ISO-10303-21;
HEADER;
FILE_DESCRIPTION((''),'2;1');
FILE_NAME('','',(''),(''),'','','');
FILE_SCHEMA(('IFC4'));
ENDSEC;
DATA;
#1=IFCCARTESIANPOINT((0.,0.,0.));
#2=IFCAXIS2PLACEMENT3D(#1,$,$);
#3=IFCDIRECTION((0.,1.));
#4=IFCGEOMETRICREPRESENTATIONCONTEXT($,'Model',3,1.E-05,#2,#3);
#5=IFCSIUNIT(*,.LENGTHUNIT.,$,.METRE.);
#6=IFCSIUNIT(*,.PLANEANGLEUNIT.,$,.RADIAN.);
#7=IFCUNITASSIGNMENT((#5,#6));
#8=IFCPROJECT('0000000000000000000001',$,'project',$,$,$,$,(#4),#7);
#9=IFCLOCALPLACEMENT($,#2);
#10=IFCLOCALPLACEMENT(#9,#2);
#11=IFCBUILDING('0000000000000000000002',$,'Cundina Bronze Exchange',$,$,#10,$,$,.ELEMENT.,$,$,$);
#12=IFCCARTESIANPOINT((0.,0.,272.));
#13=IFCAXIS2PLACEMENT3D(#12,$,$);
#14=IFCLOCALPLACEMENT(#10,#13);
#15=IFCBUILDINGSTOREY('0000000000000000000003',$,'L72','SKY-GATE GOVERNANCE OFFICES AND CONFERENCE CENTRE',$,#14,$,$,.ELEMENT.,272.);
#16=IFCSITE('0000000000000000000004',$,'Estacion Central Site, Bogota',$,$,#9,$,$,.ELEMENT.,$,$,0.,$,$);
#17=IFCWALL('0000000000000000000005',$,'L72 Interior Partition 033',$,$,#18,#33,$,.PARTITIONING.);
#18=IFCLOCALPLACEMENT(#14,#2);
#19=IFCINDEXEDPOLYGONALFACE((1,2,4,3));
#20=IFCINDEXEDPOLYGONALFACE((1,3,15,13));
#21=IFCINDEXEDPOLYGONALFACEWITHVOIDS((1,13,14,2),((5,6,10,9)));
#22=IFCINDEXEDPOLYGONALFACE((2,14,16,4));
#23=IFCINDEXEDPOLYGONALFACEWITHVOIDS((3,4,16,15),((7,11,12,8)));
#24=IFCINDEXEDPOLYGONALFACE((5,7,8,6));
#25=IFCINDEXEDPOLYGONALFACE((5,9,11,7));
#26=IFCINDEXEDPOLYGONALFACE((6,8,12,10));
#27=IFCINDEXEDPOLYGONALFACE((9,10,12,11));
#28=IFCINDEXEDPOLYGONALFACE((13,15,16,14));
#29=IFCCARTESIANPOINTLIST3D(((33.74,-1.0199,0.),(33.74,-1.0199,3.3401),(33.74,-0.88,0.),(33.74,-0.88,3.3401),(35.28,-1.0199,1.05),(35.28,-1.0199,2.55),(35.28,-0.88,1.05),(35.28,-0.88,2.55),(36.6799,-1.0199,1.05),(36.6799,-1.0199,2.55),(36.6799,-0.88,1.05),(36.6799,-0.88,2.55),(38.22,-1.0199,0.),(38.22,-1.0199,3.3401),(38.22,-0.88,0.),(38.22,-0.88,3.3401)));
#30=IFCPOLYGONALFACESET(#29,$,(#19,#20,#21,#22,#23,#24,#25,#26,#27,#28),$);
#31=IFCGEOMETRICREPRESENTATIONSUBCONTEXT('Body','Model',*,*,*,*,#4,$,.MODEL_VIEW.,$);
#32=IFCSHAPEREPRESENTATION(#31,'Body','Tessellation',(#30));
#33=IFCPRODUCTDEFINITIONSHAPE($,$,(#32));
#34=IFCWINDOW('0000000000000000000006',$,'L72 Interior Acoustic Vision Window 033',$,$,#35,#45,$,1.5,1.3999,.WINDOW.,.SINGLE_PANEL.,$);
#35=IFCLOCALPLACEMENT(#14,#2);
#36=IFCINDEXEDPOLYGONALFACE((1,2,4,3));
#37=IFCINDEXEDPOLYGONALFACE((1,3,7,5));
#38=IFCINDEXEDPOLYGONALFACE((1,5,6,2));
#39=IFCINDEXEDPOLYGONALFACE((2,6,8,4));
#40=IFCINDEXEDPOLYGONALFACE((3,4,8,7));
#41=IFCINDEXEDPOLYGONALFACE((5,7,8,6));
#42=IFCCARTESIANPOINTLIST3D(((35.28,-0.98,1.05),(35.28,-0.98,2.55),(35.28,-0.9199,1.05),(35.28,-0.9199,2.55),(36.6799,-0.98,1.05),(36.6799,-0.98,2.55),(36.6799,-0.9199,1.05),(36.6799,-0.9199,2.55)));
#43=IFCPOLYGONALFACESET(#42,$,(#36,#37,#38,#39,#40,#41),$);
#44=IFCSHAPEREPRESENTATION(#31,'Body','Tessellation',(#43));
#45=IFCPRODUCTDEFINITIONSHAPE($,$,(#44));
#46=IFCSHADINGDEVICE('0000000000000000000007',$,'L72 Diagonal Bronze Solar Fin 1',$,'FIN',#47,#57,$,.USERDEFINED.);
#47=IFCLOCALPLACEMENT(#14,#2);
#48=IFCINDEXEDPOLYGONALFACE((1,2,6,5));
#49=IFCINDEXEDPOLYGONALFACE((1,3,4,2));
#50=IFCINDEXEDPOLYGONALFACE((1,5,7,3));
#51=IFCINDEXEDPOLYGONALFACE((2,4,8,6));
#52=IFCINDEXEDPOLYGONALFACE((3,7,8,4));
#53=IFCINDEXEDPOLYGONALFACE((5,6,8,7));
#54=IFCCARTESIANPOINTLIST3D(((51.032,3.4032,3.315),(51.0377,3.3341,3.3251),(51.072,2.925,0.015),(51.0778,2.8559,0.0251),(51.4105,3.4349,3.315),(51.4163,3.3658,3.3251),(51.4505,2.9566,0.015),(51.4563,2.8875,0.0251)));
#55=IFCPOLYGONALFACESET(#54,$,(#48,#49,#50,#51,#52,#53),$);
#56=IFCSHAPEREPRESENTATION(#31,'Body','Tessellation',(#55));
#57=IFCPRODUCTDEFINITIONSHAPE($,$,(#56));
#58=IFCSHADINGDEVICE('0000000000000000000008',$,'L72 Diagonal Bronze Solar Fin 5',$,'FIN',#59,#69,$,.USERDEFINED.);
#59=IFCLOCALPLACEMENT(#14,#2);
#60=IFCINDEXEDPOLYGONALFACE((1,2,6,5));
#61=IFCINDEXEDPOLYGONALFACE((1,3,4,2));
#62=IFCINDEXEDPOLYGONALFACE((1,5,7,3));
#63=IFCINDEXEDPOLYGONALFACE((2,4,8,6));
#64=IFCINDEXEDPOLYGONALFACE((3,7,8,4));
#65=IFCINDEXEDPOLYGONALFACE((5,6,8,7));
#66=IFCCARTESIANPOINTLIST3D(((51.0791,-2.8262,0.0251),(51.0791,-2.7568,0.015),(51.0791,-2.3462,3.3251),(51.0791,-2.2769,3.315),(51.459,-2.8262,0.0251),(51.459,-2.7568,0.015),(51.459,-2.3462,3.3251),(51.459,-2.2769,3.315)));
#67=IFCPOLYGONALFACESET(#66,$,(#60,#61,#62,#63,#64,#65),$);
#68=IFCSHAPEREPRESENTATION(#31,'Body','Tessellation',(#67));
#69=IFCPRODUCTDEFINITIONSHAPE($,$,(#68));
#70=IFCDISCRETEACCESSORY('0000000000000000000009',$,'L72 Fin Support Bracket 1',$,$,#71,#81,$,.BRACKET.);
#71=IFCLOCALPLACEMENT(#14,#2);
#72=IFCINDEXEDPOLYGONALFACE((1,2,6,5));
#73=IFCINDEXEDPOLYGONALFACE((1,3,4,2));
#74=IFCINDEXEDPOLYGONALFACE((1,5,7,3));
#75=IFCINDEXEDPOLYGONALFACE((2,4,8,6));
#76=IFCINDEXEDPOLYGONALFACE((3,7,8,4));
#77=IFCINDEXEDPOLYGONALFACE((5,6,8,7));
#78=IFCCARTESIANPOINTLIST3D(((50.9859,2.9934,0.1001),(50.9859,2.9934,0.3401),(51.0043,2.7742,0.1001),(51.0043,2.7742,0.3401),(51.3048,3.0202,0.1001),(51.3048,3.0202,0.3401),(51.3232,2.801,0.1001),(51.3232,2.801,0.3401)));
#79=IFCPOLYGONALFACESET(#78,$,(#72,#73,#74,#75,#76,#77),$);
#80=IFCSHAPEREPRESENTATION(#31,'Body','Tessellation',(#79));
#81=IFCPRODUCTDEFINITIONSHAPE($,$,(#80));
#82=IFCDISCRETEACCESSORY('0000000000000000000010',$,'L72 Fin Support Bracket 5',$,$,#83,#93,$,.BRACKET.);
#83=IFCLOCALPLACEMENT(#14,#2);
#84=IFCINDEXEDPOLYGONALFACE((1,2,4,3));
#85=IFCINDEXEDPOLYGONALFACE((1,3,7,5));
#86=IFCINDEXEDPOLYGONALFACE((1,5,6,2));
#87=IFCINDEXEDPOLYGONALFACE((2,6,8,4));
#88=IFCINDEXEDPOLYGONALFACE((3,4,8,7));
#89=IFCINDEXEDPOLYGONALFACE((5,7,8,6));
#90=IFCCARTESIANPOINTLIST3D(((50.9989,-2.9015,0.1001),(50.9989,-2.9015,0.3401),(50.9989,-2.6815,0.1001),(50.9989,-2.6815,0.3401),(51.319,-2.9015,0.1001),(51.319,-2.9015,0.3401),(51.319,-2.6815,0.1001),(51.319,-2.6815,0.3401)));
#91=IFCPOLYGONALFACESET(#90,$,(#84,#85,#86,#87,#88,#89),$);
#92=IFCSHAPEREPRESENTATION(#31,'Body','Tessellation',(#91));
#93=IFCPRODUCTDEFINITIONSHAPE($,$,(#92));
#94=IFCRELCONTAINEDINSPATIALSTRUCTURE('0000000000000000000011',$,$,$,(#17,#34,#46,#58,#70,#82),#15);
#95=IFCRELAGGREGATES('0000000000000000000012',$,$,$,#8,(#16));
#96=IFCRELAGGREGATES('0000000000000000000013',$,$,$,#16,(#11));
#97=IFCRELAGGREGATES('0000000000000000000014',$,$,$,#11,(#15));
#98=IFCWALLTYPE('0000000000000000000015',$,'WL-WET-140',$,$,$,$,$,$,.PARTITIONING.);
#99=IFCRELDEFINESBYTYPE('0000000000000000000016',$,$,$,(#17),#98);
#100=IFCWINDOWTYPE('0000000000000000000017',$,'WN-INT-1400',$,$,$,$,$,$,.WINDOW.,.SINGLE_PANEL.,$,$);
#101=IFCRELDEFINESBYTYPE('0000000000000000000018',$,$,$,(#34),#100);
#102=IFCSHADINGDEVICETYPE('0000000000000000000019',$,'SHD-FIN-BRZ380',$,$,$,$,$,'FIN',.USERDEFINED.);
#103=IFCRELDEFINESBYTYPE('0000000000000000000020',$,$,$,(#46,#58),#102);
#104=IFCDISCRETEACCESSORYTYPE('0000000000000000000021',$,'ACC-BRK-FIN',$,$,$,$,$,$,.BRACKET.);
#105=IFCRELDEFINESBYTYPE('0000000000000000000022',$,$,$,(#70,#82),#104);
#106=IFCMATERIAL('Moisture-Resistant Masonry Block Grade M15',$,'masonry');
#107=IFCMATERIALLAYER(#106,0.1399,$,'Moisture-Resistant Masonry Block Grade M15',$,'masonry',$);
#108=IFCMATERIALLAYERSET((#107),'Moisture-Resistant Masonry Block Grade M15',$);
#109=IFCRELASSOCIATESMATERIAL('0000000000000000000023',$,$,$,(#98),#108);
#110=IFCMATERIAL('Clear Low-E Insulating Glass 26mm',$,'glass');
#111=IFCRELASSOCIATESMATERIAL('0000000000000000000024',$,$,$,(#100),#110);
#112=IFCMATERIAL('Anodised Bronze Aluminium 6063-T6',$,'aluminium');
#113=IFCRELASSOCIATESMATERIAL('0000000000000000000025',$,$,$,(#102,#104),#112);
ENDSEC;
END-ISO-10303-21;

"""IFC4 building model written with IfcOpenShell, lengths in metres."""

from ifc_helpers import new_model, si_unit, direction, frame, frame_2d, origin, origin_2d, place, context, subcontext, project, spatial, rectangle, extrude, material, layer, layer_set, material_profile, profile_set, type_object, element, fill, save


model = new_model("IFC4")

# Units and contexts
model_context = context("Model", 3, precision=1e-05, world=origin(), true_north=direction((0.0, 1.0)))
body_context = subcontext(model_context, "Body", "Model", "MODEL_VIEW")
ifc_project = project(units=[si_unit("LENGTHUNIT", "METRE"), si_unit("PLANEANGLEUNIT", "RADIAN")], contexts=[model_context])

# Site, building, storey
site_placement = place(None, origin())
site = spatial("IfcSite", under=ifc_project, at=site_placement, Name="Estacion Central Site, Bogota", CompositionType="ELEMENT", RefElevation=0.0)
building_placement = place(site_placement, origin())
building = spatial("IfcBuilding", under=site, at=building_placement, Name="Cundina Bronze Exchange", CompositionType="ELEMENT")
storey_placement = place(building_placement, frame((0.0, 0.0, 272.0)))
storey = spatial("IfcBuildingStorey", under=building, at=storey_placement, Name="L72", Description="SKY-GATE GOVERNANCE OFFICES AND CONFERENCE CENTRE", CompositionType="ELEMENT", Elevation=272.0)

# Shared definitions
ifc_material_1 = material(Name="Anodised Bronze Aluminium 6063-T6", Category="aluminium")

# Shared definitions
ifc_material_2 = material(Name="Clear Low-E Insulating Glass 26mm", Category="glass")

# Wall, opening, window
ifc_material_3 = material(Name="Moisture-Resistant Masonry Block Grade M15", Category="masonry")
ifc_layer_1 = layer(ifc_material_3, 0.1399, Name="Moisture-Resistant Masonry Block Grade M15", Category="masonry")
ifc_layer_set_1 = layer_set([ifc_layer_1], Name="Moisture-Resistant Masonry Block Grade M15")
wall_type_1 = type_object("IfcWallType", Name="WL-WET-140", PredefinedType="PARTITIONING", material=ifc_layer_set_1)
wall_1_placement = place(storey_placement, frame((33.74, -0.95, 0.0), z_axis=(0.0, 0.0, 1.0), x_axis=(1.0, 0.0, 0.0)))
wall_1 = element("IfcWall", 1, at=wall_1_placement, inside=storey, type_object=wall_type_1, Name="L72 Interior Partition 033", PredefinedType="PARTITIONING", context=body_context, shape_type="SweptSolid", body=[
    extrude(rectangle(XDim=4.48, YDim=0.1399, at=frame_2d((2.24, 0.0))), origin(), (0.0, 0.0, 1.0), 3.3401),
])
opening_1_placement = place(wall_1_placement, frame((1.54, 0.0, 1.05)))
opening_1 = element("IfcOpeningElement", 2, at=opening_1_placement, cuts=wall_1, PredefinedType="OPENING", context=body_context, shape_type="SweptSolid", body=[
    extrude(rectangle(XDim=1.3999, YDim=1.5, at=frame_2d((0.7, 0.75))), frame((0.0, 0.0798, 0.0), z_axis=(0.0, -1.0, 0.0), x_axis=(1.0, 0.0, 0.0)), (0.0, 0.0, 1.0), 0.1599),
])
window_type_1 = type_object("IfcWindowType", Name="WN-INT-1400", PartitioningType="SINGLE_PANEL", PredefinedType="WINDOW", material=ifc_material_2)
window_1_placement = place(opening_1_placement, origin())
window_1 = element("IfcWindow", 3, at=window_1_placement, inside=storey, type_object=window_type_1, Name="L72 Interior Acoustic Vision Window 033", OverallHeight=1.5, OverallWidth=1.3999, PartitioningType="SINGLE_PANEL", PredefinedType="WINDOW", context=body_context, shape_type="SweptSolid", body=[
    extrude(rectangle(XDim=1.3999, YDim=1.5, at=frame_2d((0.7, 0.75))), frame((0.0, 0.03, 0.0), z_axis=(0.0, -1.0, 0.0), x_axis=(1.0, 0.0, 0.0)), (0.0, 0.0, 1.0), 0.0601),
])
fill(opening_1, window_1)

# Shading devices
ifc_material_profile_1 = material_profile(ifc_material_1, rectangle(XDim=0.0701, YDim=0.3799, at=origin_2d()), Name="FIN70X380", Category="aluminium")
ifc_profile_set_1 = profile_set([ifc_material_profile_1], Name="Anodised Bronze Aluminium 6063-T6")
shading_device_type = type_object("IfcShadingDeviceType", Name="SHD-FIN-BRZ380", ElementType="FIN", PredefinedType="USERDEFINED", material=ifc_profile_set_1)
for number, where, z_axis, x_axis, name in (
    (4, (51.2642, 2.9062, 0.02), (-0.012007, 0.14342, 0.989589), (0.082556, -0.98614, 0.143921), "L72 Diagonal Bronze Solar Fin 1"),
    (5, (51.269, -2.7915, 0.02), (0.0, 0.143932, 0.989588), (0.0, -0.989588, 0.143932), "L72 Diagonal Bronze Solar Fin 5"),
):
    element("IfcShadingDevice", number, at=place(storey_placement, frame(where, z_axis=z_axis, x_axis=x_axis)), inside=storey, type_object=shading_device_type, Name=name, ObjectType="FIN", PredefinedType="USERDEFINED", context=body_context, shape_type="SweptSolid", body=[
        extrude(rectangle(XDim=0.0701, YDim=0.3799, at=origin_2d()), origin(), (0.0, 0.0, 1.0), 3.3347),
    ])

# Discrete accessories
discrete_accessory_type = type_object("IfcDiscreteAccessoryType", Name="ACC-BRK-FIN", PredefinedType="BRACKET", material=ifc_material_1)
for number, where, z_axis, x_axis, name in (
    (6, (51.1545, 2.8972, 0.1001), (0.0, 0.0, 1.0), (-0.083747, 0.996487, 0.0), "L72 Fin Support Bracket 1"),
    (7, (51.1589, -2.7915, 0.1001), (0.0, 0.0, 1.0), (0.0, 1.0, 0.0), "L72 Fin Support Bracket 5"),
):
    element("IfcDiscreteAccessory", number, at=place(storey_placement, frame(where, z_axis=z_axis, x_axis=x_axis)), inside=storey, type_object=discrete_accessory_type, Name=name, PredefinedType="BRACKET", context=body_context, shape_type="SweptSolid", body=[
        extrude(rectangle(XDim=0.22, YDim=0.3201, at=origin_2d()), origin(), (0.0, 0.0, 1.0), 0.24),
    ])

save(model, "model.ifc")
